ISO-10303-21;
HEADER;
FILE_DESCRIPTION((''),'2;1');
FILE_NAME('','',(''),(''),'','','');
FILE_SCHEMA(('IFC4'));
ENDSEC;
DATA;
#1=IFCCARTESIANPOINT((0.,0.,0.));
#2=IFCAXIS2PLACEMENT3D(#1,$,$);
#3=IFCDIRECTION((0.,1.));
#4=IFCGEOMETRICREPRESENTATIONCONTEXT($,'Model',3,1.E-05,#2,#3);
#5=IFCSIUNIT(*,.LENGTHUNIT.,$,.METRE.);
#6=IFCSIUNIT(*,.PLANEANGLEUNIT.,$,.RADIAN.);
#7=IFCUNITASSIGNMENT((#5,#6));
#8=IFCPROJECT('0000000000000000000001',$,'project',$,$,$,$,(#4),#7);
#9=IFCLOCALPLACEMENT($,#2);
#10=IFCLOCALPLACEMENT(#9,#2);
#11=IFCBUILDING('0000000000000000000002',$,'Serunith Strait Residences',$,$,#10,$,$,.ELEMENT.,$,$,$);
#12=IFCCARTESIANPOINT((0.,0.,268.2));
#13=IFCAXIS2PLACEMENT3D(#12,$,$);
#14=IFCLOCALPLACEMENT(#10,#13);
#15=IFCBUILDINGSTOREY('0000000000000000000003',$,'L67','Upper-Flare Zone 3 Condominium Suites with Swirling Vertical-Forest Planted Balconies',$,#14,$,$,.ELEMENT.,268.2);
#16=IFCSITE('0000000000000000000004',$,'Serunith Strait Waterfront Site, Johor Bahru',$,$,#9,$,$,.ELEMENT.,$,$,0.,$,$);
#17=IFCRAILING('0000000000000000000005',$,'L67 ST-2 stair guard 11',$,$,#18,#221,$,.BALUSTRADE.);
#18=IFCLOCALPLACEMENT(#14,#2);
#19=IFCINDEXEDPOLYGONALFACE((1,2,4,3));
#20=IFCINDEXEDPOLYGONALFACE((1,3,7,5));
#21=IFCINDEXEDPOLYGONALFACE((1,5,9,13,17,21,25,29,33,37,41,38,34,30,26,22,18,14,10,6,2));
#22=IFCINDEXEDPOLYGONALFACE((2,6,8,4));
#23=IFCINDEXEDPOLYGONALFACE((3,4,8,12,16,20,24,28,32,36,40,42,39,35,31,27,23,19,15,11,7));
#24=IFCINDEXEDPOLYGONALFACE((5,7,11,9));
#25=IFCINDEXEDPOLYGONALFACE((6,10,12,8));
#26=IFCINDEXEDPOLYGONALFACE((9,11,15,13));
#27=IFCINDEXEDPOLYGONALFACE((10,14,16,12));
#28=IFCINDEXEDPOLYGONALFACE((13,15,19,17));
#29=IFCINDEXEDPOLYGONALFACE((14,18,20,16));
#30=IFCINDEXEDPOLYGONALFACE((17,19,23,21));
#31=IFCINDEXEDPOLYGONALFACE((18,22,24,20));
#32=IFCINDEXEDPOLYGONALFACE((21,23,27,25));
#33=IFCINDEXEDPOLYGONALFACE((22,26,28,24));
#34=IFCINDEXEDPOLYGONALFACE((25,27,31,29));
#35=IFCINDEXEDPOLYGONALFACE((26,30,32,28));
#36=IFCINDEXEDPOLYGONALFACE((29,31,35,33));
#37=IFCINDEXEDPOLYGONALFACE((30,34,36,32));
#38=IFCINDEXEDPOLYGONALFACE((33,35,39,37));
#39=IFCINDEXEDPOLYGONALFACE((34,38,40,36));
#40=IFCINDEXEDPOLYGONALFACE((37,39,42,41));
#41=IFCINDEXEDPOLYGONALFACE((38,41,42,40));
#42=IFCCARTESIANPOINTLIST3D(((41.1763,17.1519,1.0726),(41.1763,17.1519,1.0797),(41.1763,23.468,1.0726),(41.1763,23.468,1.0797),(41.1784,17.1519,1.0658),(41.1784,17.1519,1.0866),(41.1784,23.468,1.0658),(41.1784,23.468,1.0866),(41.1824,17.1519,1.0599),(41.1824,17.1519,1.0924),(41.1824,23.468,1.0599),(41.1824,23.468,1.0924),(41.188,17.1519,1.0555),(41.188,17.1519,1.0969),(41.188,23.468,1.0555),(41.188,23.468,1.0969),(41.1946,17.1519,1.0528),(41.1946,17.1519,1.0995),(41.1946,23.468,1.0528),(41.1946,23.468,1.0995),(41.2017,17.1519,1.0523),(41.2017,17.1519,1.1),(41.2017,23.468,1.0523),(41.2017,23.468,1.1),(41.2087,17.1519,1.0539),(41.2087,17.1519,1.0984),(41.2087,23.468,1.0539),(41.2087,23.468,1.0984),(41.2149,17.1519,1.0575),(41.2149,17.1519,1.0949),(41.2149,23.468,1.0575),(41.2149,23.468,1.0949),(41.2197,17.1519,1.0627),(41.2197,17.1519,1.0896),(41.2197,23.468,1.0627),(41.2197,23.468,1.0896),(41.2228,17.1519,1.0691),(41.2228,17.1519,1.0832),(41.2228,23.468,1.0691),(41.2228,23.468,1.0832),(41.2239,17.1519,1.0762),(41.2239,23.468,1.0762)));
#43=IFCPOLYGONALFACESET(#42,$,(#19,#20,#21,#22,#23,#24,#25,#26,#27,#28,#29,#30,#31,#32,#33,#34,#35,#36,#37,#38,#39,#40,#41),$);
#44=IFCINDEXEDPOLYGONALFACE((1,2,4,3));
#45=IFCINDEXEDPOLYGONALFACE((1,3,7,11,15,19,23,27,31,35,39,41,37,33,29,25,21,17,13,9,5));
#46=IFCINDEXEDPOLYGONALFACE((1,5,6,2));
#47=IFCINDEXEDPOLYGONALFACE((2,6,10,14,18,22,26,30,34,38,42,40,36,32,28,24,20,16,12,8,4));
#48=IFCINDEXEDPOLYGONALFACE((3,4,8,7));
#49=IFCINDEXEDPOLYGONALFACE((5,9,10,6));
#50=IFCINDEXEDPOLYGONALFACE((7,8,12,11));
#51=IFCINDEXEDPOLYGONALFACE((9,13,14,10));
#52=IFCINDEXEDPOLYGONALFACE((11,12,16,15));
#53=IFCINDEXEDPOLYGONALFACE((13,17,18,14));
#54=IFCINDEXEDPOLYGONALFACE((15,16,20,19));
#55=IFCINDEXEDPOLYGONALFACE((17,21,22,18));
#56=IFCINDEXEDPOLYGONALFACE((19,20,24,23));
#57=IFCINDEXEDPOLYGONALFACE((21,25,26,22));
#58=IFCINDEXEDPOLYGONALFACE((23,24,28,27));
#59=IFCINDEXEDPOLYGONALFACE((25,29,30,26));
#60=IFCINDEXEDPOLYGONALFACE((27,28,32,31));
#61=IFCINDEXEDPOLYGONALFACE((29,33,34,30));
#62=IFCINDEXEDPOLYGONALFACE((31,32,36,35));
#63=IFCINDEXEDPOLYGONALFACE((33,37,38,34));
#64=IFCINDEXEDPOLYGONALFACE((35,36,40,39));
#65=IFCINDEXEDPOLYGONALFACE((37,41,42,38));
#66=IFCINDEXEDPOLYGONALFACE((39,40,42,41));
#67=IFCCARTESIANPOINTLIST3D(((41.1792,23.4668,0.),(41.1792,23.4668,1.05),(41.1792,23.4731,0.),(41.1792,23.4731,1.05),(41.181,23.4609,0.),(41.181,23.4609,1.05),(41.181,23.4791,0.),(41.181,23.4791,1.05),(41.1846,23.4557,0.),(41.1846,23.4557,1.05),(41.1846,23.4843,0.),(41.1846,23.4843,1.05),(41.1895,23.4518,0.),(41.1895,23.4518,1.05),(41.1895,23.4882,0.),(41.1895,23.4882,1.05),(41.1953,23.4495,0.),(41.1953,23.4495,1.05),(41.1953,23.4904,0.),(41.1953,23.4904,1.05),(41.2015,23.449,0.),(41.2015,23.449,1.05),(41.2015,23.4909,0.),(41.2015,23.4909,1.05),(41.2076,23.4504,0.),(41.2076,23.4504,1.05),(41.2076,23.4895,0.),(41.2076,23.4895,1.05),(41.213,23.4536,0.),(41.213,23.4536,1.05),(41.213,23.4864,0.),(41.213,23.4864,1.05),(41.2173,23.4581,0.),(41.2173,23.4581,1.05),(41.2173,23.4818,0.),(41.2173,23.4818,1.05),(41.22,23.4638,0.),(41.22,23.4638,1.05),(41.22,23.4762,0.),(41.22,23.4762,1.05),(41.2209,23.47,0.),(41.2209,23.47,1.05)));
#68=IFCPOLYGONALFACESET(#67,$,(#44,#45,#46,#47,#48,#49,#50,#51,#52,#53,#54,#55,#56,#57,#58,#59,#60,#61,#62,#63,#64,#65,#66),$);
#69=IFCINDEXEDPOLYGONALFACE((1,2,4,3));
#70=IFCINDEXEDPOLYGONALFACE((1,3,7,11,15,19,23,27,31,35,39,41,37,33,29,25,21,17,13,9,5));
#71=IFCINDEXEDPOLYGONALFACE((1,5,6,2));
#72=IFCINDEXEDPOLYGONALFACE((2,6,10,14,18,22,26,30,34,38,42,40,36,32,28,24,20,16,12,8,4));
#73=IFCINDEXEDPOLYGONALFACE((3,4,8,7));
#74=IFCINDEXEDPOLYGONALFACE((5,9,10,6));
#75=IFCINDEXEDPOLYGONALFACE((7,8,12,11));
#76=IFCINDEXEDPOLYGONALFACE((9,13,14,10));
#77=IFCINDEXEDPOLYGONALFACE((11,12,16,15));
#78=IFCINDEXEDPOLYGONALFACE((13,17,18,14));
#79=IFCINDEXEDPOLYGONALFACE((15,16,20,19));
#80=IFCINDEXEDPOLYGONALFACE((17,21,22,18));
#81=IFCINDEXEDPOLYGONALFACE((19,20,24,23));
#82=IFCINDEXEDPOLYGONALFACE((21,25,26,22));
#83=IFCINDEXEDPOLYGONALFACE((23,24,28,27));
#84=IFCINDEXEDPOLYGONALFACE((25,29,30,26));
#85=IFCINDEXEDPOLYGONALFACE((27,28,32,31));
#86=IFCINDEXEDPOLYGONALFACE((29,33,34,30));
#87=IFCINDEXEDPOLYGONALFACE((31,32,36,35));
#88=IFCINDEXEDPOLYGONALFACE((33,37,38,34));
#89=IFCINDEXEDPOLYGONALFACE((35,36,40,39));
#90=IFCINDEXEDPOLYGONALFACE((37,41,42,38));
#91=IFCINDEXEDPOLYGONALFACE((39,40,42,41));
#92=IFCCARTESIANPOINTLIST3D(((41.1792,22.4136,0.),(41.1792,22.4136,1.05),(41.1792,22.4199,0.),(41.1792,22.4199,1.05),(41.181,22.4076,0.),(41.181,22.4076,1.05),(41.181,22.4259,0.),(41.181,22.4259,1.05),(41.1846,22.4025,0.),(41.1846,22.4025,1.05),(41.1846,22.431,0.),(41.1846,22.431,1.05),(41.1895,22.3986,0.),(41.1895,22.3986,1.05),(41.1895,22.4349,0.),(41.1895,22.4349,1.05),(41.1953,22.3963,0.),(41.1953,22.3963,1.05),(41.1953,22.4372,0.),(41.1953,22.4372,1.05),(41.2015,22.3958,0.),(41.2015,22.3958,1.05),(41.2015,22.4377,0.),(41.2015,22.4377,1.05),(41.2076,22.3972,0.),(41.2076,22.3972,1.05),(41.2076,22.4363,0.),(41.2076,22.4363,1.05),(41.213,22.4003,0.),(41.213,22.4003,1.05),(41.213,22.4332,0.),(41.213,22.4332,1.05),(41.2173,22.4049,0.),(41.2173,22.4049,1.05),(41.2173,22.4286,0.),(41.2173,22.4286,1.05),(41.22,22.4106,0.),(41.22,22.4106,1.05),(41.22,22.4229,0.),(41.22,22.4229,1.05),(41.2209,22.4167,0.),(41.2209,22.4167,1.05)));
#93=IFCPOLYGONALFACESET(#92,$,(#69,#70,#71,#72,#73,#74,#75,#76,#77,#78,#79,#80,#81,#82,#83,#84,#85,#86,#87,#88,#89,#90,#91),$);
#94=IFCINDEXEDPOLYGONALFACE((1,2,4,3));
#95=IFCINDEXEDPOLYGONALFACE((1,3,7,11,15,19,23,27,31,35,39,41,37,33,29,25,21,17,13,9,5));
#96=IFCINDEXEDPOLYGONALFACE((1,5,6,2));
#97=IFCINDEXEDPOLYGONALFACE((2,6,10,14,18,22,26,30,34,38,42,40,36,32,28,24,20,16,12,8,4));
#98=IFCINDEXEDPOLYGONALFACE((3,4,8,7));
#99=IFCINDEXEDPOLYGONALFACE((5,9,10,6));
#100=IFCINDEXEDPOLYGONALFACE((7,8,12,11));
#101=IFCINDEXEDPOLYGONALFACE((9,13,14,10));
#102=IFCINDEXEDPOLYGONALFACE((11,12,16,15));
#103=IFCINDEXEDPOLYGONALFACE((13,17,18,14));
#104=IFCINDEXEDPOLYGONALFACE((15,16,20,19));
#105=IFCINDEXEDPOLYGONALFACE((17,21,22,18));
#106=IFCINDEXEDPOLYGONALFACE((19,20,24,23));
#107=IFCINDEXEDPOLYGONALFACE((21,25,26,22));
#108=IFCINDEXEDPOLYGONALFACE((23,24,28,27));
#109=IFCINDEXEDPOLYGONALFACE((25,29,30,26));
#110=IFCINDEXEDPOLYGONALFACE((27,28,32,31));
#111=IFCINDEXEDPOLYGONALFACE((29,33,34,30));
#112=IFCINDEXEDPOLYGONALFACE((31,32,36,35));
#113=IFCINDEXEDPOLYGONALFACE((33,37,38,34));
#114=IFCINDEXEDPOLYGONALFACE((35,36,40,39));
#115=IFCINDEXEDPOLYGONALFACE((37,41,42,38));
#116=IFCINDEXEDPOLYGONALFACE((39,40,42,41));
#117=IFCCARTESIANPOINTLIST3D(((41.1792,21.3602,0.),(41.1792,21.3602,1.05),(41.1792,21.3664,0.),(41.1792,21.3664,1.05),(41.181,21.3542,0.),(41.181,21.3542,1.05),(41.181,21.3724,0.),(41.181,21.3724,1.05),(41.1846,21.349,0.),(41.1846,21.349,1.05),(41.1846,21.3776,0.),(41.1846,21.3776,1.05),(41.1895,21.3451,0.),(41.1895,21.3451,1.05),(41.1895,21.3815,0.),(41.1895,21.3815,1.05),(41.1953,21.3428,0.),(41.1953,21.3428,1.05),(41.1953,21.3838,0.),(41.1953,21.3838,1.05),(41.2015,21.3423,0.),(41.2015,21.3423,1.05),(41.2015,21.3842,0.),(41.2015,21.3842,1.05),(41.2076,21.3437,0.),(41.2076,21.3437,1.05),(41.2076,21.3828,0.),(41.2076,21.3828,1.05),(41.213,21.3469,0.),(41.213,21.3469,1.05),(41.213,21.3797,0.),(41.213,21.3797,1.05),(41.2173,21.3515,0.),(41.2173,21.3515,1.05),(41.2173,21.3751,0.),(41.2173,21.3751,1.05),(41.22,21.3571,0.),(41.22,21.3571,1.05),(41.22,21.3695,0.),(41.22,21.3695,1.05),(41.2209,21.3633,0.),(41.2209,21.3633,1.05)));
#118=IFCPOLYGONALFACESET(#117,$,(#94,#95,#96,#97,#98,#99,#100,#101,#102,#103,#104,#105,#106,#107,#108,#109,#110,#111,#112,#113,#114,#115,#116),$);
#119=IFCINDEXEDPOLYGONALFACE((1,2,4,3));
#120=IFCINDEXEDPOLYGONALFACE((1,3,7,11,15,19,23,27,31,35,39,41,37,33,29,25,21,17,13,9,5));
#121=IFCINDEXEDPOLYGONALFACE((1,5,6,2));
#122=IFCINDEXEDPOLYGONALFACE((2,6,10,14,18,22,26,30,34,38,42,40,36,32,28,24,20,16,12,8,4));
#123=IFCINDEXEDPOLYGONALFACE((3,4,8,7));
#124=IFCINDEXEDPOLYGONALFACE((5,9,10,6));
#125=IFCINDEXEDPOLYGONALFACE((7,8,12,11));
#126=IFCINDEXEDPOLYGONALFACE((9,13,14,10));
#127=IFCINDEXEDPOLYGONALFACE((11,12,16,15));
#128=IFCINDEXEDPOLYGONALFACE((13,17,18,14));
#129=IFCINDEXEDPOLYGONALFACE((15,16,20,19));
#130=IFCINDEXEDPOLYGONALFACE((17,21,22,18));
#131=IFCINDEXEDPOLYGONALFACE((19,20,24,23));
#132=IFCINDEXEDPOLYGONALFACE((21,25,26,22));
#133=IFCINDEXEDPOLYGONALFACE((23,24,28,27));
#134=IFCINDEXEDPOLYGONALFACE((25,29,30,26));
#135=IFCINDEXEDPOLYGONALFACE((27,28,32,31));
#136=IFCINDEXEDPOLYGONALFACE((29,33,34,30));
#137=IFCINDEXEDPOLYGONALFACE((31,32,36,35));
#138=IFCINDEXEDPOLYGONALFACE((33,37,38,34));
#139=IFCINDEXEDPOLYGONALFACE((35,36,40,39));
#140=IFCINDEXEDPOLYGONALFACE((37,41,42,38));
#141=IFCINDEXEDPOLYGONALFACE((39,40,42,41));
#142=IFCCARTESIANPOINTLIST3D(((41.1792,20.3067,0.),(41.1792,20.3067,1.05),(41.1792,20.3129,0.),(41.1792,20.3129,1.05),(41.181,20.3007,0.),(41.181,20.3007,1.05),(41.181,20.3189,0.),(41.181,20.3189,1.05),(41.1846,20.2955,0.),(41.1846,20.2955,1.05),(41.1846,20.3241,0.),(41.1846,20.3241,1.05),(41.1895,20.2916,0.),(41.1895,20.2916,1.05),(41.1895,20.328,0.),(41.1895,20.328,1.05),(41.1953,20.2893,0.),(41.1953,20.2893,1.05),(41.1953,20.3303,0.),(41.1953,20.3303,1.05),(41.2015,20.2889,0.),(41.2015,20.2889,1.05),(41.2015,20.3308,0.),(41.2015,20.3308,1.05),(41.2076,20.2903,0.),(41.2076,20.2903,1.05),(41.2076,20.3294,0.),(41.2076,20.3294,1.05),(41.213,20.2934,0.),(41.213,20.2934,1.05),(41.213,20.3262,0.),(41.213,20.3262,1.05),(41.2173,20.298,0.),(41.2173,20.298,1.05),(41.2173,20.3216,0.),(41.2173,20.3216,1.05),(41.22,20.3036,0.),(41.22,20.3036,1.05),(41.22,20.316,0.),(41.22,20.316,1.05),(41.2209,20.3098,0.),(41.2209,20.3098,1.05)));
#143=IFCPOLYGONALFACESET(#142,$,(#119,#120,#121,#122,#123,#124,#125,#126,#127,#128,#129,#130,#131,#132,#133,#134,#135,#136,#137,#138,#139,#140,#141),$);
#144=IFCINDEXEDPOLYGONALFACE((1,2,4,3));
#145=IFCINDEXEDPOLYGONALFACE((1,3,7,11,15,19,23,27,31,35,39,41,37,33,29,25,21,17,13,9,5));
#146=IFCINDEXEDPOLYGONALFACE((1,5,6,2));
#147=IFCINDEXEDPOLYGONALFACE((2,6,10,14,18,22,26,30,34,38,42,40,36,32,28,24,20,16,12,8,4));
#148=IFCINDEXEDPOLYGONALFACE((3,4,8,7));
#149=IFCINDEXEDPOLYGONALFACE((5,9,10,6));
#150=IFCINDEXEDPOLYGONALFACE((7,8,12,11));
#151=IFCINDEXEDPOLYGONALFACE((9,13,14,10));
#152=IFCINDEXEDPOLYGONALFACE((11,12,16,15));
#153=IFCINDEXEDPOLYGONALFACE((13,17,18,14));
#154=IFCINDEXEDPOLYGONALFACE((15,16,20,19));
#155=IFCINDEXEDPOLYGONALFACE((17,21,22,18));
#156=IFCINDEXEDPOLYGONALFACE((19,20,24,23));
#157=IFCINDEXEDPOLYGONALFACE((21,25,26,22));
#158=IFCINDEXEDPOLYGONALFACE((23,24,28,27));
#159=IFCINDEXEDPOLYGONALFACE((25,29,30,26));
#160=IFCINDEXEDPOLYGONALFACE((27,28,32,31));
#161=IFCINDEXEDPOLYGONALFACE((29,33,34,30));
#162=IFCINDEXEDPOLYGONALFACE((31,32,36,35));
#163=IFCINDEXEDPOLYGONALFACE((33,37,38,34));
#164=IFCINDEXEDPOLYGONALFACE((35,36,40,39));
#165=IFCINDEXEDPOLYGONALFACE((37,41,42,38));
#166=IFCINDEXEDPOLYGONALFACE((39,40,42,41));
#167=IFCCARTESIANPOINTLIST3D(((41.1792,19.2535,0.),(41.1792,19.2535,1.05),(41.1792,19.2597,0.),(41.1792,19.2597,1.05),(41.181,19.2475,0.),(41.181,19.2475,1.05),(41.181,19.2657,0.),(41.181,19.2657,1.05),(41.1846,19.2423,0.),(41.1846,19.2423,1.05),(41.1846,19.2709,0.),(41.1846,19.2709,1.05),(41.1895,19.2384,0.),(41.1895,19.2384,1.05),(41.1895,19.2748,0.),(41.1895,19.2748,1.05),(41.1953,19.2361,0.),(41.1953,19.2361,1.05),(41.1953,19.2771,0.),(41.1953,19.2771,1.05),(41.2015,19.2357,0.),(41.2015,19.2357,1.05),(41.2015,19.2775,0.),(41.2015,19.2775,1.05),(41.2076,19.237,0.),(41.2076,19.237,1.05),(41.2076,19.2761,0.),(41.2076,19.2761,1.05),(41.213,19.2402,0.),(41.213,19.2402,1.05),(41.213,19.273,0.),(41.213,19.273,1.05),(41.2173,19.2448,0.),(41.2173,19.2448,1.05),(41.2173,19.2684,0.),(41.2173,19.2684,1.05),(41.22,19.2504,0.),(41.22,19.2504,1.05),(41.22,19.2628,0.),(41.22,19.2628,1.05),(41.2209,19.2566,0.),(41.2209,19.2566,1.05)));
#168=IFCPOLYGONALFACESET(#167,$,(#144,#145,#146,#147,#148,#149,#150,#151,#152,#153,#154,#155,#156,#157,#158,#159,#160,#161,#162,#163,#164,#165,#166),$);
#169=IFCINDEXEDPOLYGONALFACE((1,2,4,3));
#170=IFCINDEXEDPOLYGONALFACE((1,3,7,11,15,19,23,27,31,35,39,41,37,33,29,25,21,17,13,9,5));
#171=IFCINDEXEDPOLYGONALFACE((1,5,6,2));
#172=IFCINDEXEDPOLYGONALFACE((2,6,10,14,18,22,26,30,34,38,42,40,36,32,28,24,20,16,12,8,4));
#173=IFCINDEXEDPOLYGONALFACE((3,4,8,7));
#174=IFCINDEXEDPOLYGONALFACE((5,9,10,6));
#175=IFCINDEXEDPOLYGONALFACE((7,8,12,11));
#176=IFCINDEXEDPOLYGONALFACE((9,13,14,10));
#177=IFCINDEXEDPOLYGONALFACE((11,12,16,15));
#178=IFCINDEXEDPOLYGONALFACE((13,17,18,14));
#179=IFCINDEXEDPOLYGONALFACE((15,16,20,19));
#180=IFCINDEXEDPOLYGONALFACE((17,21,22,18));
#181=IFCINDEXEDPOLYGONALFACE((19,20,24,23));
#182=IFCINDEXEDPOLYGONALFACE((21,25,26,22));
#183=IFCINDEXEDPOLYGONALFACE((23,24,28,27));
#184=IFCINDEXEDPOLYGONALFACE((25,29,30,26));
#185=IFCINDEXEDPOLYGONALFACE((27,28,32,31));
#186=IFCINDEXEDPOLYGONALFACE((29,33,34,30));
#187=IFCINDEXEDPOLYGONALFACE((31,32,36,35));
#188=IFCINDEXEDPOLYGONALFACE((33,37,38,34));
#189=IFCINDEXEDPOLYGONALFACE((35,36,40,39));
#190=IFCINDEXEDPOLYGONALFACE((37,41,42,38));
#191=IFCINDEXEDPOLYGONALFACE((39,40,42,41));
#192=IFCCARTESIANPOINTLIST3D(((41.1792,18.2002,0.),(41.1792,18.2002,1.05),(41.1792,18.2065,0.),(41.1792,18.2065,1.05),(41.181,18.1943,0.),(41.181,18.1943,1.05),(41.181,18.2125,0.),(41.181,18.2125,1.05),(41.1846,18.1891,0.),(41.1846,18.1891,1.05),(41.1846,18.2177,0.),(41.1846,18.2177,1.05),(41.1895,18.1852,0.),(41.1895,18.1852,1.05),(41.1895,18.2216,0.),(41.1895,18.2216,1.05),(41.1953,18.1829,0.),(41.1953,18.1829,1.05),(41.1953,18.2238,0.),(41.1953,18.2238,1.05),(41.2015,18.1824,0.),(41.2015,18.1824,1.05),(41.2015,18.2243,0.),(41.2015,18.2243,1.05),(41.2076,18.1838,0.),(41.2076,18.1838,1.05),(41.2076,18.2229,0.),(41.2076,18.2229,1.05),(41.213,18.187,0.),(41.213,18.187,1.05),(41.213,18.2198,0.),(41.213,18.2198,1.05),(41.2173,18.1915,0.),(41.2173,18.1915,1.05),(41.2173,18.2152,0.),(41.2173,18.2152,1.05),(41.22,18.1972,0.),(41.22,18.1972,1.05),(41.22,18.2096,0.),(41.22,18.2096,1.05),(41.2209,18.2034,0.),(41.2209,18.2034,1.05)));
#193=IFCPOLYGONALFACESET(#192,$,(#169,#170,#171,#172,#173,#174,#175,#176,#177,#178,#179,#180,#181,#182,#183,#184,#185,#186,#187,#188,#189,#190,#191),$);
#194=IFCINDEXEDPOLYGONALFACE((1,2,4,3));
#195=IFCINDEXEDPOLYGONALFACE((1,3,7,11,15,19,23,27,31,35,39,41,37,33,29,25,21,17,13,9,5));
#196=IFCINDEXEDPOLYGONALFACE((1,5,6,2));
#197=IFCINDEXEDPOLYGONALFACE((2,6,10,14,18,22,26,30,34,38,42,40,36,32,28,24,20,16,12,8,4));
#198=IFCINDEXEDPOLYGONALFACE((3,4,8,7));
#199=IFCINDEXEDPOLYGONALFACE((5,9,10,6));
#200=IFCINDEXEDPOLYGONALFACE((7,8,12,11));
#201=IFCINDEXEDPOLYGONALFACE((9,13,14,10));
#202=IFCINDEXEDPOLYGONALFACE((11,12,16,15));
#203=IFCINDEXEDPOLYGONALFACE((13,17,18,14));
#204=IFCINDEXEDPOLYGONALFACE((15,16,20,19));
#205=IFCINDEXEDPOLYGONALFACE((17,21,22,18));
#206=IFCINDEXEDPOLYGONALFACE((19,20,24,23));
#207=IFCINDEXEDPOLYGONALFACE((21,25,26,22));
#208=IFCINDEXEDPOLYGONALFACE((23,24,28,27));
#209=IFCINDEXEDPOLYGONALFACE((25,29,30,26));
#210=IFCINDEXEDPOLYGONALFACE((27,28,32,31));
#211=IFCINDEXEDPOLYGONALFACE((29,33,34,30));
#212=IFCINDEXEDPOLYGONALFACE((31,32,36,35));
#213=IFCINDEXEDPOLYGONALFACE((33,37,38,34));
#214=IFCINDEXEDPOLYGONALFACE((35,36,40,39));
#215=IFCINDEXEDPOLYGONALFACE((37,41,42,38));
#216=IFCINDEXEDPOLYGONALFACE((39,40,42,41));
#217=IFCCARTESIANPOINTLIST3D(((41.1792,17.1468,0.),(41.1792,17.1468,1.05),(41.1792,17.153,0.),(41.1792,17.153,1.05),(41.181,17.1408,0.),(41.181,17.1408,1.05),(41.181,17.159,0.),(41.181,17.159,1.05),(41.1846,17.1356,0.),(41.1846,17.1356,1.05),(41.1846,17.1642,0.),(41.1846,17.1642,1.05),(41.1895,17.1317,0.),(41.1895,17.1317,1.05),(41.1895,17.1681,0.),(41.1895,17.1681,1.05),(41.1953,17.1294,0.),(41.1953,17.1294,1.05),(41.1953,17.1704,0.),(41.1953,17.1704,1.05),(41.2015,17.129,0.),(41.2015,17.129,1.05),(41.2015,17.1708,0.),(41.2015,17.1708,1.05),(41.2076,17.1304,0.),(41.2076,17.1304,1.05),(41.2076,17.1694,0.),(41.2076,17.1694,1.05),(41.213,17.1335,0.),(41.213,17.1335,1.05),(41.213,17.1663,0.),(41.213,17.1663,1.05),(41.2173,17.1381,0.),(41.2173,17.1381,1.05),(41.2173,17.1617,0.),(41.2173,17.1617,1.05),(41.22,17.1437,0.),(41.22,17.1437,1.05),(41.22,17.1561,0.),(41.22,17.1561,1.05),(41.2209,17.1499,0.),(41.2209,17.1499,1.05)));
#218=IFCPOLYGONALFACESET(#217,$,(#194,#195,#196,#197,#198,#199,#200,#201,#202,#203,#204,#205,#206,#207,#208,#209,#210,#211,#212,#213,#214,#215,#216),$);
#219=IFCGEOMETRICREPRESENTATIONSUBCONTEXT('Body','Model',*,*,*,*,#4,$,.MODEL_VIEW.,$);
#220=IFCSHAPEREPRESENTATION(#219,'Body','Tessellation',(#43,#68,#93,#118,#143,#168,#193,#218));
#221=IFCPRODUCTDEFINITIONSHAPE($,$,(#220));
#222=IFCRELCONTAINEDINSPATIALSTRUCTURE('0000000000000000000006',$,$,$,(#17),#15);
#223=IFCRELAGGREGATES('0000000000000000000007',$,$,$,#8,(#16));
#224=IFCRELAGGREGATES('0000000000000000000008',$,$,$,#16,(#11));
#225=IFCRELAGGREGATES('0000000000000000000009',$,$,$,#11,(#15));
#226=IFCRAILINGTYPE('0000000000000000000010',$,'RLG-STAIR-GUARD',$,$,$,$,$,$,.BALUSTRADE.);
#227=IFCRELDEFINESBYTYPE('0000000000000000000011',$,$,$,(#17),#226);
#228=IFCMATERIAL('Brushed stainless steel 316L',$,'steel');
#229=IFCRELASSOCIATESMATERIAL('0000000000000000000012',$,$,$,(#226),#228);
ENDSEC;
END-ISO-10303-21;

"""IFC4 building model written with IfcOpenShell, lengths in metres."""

from ifc_helpers import new_model, si_unit, direction, frame, origin, origin_2d, place, context, subcontext, project, spatial, circle, extrude, material, type_object, element, save


model = new_model("IFC4")

# Units and contexts
model_context = context("Model", 3, precision=1e-05, world=origin(), true_north=direction((0.0, 1.0)))
body_context = subcontext(model_context, "Body", "Model", "MODEL_VIEW")
ifc_project = project(units=[si_unit("LENGTHUNIT", "METRE"), si_unit("PLANEANGLEUNIT", "RADIAN")], contexts=[model_context])

# Site, building, storey
site_placement = place(None, origin())
site = spatial("IfcSite", under=ifc_project, at=site_placement, Name="Serunith Strait Waterfront Site, Johor Bahru", CompositionType="ELEMENT", RefElevation=0.0)
building_placement = place(site_placement, origin())
building = spatial("IfcBuilding", under=site, at=building_placement, Name="Serunith Strait Residences", CompositionType="ELEMENT")
storey_placement = place(building_placement, frame((0.0, 0.0, 268.2)))
storey = spatial("IfcBuildingStorey", under=building, at=storey_placement, Name="L67", Description="Upper-Flare Zone 3 Condominium Suites with Swirling Vertical-Forest Planted Balconies", CompositionType="ELEMENT", Elevation=268.2)

# Railing
ifc_material_1 = material(Name="Brushed stainless steel 316L", Category="steel")
railing_type = type_object("IfcRailingType", Name="RLG-STAIR-GUARD", PredefinedType="BALUSTRADE", material=ifc_material_1)
railing_placement = place(storey_placement, frame((41.2, 23.47, 0.0)))
element("IfcRailing", 1, at=railing_placement, inside=storey, type_object=railing_type, Name="L67 ST-2 stair guard 11", PredefinedType="BALUSTRADE", context=body_context, shape_type="SweptSolid", body=[
    extrude(circle(Radius=0.0239, at=origin_2d()), frame((0.0, -0.002, 1.0762), z_axis=(0.0, -1.0, 0.0), x_axis=(1.0, 0.0, 0.0)), (0.0, 0.0, 1.0), 6.3162),
    extrude(circle(Radius=0.021, at=origin_2d()), origin(), (0.0, 0.0, 1.0), 1.05),
    extrude(circle(Radius=0.021, at=origin_2d()), frame((0.0, -1.0532, 0.0)), (0.0, 0.0, 1.0), 1.05),
    extrude(circle(Radius=0.021, at=origin_2d()), frame((0.0, -2.1067, 0.0)), (0.0, 0.0, 1.0), 1.05),
    extrude(circle(Radius=0.021, at=origin_2d()), frame((0.0, -3.1602, 0.0)), (0.0, 0.0, 1.0), 1.05),
    extrude(circle(Radius=0.021, at=origin_2d()), frame((0.0, -4.2134, 0.0)), (0.0, 0.0, 1.0), 1.05),
    extrude(circle(Radius=0.021, at=origin_2d()), frame((0.0, -5.2666, 0.0)), (0.0, 0.0, 1.0), 1.05),
    extrude(circle(Radius=0.021, at=origin_2d()), frame((0.0, -6.3201, 0.0)), (0.0, 0.0, 1.0), 1.05),
])

save(model, "model.ifc")
